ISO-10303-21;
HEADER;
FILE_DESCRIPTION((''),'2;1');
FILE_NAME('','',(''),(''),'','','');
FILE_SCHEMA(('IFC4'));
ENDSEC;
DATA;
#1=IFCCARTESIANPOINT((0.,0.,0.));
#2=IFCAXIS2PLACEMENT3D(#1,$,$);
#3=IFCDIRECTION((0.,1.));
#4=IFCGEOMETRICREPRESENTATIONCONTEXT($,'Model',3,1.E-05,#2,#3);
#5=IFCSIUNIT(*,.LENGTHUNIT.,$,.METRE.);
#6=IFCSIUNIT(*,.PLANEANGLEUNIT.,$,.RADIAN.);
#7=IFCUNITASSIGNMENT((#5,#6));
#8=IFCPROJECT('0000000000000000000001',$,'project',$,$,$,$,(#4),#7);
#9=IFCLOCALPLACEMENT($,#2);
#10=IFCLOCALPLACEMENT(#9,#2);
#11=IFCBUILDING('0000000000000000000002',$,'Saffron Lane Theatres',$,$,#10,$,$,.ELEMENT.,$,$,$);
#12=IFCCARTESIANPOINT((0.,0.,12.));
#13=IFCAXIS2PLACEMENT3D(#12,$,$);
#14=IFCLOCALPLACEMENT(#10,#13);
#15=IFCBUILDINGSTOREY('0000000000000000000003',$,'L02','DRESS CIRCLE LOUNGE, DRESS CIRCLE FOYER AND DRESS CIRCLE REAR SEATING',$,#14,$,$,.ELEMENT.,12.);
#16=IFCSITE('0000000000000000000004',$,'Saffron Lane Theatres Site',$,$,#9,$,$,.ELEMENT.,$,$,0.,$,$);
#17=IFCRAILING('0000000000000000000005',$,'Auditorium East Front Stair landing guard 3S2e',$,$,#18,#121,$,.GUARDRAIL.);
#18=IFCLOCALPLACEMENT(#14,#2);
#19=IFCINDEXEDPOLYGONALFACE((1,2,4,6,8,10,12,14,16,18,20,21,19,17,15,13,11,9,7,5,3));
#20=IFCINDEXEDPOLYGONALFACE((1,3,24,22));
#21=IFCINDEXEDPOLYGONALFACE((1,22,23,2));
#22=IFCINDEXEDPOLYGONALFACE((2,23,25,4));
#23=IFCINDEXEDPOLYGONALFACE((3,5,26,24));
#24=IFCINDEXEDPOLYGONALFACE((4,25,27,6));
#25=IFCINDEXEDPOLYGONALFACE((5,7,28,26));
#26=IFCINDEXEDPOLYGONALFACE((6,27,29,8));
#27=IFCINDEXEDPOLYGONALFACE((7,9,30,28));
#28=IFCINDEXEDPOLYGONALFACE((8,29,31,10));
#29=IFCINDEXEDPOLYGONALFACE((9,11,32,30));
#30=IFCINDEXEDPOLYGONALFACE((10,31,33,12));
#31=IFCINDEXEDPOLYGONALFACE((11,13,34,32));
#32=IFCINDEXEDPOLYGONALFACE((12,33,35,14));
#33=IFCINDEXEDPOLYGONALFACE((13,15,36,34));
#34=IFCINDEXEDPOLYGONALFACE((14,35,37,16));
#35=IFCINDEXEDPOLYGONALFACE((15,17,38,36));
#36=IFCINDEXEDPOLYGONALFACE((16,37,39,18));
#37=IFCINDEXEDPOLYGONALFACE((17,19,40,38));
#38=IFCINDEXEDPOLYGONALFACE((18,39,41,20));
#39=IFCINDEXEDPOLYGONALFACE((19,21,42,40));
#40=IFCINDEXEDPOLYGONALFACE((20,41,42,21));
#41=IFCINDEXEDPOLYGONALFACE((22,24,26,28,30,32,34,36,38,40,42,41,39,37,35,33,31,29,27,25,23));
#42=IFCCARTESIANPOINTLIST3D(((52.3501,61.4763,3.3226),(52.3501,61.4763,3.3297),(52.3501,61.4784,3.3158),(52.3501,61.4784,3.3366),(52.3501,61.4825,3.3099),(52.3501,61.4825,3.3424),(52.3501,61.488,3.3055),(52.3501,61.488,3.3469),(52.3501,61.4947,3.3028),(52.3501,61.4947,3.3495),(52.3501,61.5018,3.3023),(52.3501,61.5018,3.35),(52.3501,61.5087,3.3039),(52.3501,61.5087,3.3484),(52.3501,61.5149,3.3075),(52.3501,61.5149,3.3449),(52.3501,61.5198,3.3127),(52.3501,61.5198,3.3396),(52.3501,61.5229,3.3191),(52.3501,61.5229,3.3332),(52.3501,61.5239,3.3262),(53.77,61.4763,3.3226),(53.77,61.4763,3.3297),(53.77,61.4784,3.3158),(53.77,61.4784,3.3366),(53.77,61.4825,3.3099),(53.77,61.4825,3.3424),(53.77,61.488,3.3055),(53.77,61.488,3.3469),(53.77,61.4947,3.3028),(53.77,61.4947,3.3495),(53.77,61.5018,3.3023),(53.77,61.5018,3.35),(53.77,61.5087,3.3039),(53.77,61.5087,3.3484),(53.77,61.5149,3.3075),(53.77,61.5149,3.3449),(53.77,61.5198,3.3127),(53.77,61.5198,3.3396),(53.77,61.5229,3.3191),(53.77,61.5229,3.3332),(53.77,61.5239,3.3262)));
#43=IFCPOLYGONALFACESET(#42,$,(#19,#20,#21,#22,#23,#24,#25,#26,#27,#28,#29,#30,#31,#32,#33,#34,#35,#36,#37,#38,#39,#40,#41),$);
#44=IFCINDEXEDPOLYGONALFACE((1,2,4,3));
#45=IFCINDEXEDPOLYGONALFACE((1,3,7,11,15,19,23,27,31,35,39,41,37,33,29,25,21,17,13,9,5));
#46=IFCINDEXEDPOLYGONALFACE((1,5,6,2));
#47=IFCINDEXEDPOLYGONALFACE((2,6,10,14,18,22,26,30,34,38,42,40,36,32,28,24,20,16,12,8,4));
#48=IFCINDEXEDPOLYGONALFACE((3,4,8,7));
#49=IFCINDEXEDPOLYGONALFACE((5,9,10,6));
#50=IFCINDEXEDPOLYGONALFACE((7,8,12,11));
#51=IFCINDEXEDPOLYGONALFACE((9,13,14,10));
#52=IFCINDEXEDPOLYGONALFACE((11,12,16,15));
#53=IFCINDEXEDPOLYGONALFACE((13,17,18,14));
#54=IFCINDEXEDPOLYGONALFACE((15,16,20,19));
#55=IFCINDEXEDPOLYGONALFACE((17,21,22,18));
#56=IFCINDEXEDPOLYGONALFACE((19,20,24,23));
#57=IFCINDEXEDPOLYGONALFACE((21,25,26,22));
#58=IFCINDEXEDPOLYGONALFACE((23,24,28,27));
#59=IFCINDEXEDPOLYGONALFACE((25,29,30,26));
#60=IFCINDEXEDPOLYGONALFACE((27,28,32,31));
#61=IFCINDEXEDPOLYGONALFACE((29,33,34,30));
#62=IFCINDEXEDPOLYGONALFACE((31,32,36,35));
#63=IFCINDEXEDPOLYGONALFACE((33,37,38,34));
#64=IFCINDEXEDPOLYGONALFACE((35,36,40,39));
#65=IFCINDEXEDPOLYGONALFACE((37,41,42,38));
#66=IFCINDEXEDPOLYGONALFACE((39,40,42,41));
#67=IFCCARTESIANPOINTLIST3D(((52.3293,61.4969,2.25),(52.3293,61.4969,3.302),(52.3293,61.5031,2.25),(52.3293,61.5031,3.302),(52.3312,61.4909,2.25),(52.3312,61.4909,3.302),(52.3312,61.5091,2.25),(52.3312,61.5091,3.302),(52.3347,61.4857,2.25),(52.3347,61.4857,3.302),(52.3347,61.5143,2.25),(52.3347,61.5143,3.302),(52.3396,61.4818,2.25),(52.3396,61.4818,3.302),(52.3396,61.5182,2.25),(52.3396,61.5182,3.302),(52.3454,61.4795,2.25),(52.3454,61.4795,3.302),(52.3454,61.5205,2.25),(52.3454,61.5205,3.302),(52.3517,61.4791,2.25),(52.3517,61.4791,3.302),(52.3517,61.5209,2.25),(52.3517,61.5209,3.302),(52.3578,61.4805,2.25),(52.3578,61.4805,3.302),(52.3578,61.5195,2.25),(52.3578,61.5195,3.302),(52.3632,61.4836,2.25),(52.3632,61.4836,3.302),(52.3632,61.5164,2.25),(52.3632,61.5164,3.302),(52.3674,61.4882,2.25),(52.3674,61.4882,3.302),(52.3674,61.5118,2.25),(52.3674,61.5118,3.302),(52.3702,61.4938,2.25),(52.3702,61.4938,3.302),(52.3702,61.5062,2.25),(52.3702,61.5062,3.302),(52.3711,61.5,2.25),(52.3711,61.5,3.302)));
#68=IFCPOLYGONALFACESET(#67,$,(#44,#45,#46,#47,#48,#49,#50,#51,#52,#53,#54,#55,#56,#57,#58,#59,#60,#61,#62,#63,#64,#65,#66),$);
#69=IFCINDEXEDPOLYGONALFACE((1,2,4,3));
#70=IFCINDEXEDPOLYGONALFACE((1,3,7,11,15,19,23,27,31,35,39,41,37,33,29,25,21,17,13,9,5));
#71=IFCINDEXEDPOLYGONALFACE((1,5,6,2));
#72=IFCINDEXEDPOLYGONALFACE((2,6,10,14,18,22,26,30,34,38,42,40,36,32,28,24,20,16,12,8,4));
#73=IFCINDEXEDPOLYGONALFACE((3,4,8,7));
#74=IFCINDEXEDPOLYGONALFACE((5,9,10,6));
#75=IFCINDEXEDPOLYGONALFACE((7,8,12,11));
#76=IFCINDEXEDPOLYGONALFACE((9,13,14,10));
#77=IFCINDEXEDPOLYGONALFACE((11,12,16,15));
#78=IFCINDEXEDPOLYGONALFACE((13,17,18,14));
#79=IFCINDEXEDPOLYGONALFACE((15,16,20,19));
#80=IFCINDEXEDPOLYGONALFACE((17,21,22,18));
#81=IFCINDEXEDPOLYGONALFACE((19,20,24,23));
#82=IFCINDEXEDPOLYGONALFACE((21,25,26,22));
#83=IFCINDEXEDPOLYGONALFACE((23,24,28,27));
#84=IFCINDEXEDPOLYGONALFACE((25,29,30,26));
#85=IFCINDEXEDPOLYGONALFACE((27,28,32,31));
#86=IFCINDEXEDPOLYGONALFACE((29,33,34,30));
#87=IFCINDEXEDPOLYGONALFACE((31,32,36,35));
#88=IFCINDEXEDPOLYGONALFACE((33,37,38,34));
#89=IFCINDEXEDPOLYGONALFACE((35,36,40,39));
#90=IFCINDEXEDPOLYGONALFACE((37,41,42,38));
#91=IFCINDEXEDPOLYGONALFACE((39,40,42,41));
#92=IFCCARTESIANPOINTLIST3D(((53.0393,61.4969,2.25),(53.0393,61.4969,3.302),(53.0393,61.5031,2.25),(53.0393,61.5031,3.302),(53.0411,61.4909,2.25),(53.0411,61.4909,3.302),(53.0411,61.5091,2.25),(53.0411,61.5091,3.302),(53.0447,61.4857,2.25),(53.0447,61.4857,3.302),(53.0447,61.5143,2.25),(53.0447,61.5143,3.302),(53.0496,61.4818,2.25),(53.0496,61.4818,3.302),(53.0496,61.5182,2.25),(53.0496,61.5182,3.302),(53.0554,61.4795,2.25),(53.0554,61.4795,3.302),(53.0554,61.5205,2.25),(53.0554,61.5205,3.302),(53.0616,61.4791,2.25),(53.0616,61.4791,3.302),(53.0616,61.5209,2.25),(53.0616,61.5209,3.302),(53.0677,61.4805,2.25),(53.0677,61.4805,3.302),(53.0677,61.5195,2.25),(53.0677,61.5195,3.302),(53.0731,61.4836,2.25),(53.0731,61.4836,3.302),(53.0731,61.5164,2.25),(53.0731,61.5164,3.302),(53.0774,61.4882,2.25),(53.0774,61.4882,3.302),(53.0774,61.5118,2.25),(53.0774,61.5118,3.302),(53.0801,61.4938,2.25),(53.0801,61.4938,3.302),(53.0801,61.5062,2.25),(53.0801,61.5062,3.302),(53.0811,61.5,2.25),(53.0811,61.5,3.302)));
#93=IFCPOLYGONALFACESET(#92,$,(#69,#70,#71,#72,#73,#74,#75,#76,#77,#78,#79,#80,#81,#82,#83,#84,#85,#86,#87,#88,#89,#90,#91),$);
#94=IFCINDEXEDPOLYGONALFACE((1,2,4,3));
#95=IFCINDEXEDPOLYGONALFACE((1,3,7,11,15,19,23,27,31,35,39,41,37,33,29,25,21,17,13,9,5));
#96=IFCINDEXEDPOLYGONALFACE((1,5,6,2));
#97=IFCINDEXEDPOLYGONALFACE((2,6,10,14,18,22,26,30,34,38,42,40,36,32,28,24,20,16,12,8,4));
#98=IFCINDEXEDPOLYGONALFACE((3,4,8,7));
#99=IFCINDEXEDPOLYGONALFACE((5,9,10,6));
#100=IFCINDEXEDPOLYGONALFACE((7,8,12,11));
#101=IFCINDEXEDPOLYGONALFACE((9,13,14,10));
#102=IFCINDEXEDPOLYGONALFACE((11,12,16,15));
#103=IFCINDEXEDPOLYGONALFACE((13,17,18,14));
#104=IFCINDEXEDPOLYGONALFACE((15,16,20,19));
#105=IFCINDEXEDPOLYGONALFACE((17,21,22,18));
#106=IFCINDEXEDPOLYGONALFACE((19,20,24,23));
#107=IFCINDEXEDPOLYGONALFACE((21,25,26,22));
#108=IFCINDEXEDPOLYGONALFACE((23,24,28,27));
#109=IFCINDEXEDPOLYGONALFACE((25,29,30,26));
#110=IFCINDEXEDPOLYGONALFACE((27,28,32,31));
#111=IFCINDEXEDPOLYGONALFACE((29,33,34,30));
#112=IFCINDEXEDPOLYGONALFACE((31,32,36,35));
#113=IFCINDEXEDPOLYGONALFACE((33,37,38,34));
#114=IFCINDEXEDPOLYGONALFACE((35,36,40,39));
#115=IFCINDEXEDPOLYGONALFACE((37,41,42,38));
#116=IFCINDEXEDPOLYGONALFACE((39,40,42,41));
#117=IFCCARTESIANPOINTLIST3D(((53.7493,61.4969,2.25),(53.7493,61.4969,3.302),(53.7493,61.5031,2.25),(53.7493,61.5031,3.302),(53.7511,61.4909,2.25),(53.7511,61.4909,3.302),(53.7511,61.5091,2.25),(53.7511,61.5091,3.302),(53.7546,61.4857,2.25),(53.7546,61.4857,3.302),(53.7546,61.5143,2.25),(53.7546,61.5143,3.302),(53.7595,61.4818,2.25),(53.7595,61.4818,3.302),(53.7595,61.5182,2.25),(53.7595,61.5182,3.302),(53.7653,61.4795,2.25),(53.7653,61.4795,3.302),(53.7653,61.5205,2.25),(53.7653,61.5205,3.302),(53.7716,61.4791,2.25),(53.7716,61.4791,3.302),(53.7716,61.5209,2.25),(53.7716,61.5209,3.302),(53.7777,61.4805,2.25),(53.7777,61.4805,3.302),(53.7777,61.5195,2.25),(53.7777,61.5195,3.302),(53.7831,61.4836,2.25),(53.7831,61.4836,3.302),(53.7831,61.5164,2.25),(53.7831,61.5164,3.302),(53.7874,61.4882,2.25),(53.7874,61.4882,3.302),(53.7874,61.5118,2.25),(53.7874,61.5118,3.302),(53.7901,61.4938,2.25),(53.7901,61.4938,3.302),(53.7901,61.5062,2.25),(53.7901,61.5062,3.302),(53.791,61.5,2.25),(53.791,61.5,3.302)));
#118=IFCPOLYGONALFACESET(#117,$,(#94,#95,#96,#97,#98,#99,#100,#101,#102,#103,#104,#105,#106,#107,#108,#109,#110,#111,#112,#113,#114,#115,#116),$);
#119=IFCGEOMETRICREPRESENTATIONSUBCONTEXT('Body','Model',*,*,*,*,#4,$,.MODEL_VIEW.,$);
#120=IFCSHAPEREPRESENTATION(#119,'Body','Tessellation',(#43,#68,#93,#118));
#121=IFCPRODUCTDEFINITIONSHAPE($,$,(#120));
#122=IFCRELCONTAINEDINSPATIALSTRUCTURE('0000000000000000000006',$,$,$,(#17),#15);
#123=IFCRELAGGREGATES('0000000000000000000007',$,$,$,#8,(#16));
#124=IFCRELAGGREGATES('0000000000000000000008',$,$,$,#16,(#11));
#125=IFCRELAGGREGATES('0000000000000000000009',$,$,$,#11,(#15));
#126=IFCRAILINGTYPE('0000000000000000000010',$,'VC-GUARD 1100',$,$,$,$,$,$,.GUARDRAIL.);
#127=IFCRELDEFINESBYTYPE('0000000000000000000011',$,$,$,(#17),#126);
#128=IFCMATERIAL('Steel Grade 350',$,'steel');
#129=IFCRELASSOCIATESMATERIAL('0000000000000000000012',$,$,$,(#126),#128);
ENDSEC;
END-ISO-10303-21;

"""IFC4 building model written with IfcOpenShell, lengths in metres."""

from ifc_helpers import new_model, si_unit, direction, frame, origin, origin_2d, place, context, subcontext, project, spatial, circle, extrude, material, type_object, element, save


model = new_model("IFC4")

# Units and contexts
model_context = context("Model", 3, precision=1e-05, world=origin(), true_north=direction((0.0, 1.0)))
body_context = subcontext(model_context, "Body", "Model", "MODEL_VIEW")
ifc_project = project(units=[si_unit("LENGTHUNIT", "METRE"), si_unit("PLANEANGLEUNIT", "RADIAN")], contexts=[model_context])

# Site, building, storey
site_placement = place(None, origin())
site = spatial("IfcSite", under=ifc_project, at=site_placement, Name="Saffron Lane Theatres Site", CompositionType="ELEMENT", RefElevation=0.0)
building_placement = place(site_placement, origin())
building = spatial("IfcBuilding", under=site, at=building_placement, Name="Saffron Lane Theatres", CompositionType="ELEMENT")
storey_placement = place(building_placement, frame((0.0, 0.0, 12.0)))
storey = spatial("IfcBuildingStorey", under=building, at=storey_placement, Name="L02", Description="DRESS CIRCLE LOUNGE, DRESS CIRCLE FOYER AND DRESS CIRCLE REAR SEATING", CompositionType="ELEMENT", Elevation=12.0)

# Railing
ifc_material_1 = material(Name="Steel Grade 350", Category="steel")
railing_type_1 = type_object("IfcRailingType", Name="VC-GUARD 1100", PredefinedType="GUARDRAIL", material=ifc_material_1)
railing_1_placement = place(storey_placement, frame((52.3501, 61.5, 2.25)))
element("IfcRailing", 1, at=railing_1_placement, inside=storey, type_object=railing_type_1, Name="Auditorium East Front Stair landing guard 3S2e", PredefinedType="GUARDRAIL", context=body_context, shape_type="SweptSolid", body=[
    extrude(circle(Radius=0.0239, at=origin_2d()), frame((0.0, 0.0, 1.0762), z_axis=(1.0, 0.0, 0.0), x_axis=(0.0, 1.0, 0.0)), (0.0, 0.0, 1.0), 1.4199),
    extrude(circle(Radius=0.021, at=origin_2d()), origin(), (0.0, 0.0, 1.0), 1.052),
    extrude(circle(Radius=0.021, at=origin_2d()), frame((0.71, 0.0, 0.0)), (0.0, 0.0, 1.0), 1.052),
    extrude(circle(Radius=0.021, at=origin_2d()), frame((1.4199, 0.0, 0.0)), (0.0, 0.0, 1.0), 1.052),
])

save(model, "model.ifc")
